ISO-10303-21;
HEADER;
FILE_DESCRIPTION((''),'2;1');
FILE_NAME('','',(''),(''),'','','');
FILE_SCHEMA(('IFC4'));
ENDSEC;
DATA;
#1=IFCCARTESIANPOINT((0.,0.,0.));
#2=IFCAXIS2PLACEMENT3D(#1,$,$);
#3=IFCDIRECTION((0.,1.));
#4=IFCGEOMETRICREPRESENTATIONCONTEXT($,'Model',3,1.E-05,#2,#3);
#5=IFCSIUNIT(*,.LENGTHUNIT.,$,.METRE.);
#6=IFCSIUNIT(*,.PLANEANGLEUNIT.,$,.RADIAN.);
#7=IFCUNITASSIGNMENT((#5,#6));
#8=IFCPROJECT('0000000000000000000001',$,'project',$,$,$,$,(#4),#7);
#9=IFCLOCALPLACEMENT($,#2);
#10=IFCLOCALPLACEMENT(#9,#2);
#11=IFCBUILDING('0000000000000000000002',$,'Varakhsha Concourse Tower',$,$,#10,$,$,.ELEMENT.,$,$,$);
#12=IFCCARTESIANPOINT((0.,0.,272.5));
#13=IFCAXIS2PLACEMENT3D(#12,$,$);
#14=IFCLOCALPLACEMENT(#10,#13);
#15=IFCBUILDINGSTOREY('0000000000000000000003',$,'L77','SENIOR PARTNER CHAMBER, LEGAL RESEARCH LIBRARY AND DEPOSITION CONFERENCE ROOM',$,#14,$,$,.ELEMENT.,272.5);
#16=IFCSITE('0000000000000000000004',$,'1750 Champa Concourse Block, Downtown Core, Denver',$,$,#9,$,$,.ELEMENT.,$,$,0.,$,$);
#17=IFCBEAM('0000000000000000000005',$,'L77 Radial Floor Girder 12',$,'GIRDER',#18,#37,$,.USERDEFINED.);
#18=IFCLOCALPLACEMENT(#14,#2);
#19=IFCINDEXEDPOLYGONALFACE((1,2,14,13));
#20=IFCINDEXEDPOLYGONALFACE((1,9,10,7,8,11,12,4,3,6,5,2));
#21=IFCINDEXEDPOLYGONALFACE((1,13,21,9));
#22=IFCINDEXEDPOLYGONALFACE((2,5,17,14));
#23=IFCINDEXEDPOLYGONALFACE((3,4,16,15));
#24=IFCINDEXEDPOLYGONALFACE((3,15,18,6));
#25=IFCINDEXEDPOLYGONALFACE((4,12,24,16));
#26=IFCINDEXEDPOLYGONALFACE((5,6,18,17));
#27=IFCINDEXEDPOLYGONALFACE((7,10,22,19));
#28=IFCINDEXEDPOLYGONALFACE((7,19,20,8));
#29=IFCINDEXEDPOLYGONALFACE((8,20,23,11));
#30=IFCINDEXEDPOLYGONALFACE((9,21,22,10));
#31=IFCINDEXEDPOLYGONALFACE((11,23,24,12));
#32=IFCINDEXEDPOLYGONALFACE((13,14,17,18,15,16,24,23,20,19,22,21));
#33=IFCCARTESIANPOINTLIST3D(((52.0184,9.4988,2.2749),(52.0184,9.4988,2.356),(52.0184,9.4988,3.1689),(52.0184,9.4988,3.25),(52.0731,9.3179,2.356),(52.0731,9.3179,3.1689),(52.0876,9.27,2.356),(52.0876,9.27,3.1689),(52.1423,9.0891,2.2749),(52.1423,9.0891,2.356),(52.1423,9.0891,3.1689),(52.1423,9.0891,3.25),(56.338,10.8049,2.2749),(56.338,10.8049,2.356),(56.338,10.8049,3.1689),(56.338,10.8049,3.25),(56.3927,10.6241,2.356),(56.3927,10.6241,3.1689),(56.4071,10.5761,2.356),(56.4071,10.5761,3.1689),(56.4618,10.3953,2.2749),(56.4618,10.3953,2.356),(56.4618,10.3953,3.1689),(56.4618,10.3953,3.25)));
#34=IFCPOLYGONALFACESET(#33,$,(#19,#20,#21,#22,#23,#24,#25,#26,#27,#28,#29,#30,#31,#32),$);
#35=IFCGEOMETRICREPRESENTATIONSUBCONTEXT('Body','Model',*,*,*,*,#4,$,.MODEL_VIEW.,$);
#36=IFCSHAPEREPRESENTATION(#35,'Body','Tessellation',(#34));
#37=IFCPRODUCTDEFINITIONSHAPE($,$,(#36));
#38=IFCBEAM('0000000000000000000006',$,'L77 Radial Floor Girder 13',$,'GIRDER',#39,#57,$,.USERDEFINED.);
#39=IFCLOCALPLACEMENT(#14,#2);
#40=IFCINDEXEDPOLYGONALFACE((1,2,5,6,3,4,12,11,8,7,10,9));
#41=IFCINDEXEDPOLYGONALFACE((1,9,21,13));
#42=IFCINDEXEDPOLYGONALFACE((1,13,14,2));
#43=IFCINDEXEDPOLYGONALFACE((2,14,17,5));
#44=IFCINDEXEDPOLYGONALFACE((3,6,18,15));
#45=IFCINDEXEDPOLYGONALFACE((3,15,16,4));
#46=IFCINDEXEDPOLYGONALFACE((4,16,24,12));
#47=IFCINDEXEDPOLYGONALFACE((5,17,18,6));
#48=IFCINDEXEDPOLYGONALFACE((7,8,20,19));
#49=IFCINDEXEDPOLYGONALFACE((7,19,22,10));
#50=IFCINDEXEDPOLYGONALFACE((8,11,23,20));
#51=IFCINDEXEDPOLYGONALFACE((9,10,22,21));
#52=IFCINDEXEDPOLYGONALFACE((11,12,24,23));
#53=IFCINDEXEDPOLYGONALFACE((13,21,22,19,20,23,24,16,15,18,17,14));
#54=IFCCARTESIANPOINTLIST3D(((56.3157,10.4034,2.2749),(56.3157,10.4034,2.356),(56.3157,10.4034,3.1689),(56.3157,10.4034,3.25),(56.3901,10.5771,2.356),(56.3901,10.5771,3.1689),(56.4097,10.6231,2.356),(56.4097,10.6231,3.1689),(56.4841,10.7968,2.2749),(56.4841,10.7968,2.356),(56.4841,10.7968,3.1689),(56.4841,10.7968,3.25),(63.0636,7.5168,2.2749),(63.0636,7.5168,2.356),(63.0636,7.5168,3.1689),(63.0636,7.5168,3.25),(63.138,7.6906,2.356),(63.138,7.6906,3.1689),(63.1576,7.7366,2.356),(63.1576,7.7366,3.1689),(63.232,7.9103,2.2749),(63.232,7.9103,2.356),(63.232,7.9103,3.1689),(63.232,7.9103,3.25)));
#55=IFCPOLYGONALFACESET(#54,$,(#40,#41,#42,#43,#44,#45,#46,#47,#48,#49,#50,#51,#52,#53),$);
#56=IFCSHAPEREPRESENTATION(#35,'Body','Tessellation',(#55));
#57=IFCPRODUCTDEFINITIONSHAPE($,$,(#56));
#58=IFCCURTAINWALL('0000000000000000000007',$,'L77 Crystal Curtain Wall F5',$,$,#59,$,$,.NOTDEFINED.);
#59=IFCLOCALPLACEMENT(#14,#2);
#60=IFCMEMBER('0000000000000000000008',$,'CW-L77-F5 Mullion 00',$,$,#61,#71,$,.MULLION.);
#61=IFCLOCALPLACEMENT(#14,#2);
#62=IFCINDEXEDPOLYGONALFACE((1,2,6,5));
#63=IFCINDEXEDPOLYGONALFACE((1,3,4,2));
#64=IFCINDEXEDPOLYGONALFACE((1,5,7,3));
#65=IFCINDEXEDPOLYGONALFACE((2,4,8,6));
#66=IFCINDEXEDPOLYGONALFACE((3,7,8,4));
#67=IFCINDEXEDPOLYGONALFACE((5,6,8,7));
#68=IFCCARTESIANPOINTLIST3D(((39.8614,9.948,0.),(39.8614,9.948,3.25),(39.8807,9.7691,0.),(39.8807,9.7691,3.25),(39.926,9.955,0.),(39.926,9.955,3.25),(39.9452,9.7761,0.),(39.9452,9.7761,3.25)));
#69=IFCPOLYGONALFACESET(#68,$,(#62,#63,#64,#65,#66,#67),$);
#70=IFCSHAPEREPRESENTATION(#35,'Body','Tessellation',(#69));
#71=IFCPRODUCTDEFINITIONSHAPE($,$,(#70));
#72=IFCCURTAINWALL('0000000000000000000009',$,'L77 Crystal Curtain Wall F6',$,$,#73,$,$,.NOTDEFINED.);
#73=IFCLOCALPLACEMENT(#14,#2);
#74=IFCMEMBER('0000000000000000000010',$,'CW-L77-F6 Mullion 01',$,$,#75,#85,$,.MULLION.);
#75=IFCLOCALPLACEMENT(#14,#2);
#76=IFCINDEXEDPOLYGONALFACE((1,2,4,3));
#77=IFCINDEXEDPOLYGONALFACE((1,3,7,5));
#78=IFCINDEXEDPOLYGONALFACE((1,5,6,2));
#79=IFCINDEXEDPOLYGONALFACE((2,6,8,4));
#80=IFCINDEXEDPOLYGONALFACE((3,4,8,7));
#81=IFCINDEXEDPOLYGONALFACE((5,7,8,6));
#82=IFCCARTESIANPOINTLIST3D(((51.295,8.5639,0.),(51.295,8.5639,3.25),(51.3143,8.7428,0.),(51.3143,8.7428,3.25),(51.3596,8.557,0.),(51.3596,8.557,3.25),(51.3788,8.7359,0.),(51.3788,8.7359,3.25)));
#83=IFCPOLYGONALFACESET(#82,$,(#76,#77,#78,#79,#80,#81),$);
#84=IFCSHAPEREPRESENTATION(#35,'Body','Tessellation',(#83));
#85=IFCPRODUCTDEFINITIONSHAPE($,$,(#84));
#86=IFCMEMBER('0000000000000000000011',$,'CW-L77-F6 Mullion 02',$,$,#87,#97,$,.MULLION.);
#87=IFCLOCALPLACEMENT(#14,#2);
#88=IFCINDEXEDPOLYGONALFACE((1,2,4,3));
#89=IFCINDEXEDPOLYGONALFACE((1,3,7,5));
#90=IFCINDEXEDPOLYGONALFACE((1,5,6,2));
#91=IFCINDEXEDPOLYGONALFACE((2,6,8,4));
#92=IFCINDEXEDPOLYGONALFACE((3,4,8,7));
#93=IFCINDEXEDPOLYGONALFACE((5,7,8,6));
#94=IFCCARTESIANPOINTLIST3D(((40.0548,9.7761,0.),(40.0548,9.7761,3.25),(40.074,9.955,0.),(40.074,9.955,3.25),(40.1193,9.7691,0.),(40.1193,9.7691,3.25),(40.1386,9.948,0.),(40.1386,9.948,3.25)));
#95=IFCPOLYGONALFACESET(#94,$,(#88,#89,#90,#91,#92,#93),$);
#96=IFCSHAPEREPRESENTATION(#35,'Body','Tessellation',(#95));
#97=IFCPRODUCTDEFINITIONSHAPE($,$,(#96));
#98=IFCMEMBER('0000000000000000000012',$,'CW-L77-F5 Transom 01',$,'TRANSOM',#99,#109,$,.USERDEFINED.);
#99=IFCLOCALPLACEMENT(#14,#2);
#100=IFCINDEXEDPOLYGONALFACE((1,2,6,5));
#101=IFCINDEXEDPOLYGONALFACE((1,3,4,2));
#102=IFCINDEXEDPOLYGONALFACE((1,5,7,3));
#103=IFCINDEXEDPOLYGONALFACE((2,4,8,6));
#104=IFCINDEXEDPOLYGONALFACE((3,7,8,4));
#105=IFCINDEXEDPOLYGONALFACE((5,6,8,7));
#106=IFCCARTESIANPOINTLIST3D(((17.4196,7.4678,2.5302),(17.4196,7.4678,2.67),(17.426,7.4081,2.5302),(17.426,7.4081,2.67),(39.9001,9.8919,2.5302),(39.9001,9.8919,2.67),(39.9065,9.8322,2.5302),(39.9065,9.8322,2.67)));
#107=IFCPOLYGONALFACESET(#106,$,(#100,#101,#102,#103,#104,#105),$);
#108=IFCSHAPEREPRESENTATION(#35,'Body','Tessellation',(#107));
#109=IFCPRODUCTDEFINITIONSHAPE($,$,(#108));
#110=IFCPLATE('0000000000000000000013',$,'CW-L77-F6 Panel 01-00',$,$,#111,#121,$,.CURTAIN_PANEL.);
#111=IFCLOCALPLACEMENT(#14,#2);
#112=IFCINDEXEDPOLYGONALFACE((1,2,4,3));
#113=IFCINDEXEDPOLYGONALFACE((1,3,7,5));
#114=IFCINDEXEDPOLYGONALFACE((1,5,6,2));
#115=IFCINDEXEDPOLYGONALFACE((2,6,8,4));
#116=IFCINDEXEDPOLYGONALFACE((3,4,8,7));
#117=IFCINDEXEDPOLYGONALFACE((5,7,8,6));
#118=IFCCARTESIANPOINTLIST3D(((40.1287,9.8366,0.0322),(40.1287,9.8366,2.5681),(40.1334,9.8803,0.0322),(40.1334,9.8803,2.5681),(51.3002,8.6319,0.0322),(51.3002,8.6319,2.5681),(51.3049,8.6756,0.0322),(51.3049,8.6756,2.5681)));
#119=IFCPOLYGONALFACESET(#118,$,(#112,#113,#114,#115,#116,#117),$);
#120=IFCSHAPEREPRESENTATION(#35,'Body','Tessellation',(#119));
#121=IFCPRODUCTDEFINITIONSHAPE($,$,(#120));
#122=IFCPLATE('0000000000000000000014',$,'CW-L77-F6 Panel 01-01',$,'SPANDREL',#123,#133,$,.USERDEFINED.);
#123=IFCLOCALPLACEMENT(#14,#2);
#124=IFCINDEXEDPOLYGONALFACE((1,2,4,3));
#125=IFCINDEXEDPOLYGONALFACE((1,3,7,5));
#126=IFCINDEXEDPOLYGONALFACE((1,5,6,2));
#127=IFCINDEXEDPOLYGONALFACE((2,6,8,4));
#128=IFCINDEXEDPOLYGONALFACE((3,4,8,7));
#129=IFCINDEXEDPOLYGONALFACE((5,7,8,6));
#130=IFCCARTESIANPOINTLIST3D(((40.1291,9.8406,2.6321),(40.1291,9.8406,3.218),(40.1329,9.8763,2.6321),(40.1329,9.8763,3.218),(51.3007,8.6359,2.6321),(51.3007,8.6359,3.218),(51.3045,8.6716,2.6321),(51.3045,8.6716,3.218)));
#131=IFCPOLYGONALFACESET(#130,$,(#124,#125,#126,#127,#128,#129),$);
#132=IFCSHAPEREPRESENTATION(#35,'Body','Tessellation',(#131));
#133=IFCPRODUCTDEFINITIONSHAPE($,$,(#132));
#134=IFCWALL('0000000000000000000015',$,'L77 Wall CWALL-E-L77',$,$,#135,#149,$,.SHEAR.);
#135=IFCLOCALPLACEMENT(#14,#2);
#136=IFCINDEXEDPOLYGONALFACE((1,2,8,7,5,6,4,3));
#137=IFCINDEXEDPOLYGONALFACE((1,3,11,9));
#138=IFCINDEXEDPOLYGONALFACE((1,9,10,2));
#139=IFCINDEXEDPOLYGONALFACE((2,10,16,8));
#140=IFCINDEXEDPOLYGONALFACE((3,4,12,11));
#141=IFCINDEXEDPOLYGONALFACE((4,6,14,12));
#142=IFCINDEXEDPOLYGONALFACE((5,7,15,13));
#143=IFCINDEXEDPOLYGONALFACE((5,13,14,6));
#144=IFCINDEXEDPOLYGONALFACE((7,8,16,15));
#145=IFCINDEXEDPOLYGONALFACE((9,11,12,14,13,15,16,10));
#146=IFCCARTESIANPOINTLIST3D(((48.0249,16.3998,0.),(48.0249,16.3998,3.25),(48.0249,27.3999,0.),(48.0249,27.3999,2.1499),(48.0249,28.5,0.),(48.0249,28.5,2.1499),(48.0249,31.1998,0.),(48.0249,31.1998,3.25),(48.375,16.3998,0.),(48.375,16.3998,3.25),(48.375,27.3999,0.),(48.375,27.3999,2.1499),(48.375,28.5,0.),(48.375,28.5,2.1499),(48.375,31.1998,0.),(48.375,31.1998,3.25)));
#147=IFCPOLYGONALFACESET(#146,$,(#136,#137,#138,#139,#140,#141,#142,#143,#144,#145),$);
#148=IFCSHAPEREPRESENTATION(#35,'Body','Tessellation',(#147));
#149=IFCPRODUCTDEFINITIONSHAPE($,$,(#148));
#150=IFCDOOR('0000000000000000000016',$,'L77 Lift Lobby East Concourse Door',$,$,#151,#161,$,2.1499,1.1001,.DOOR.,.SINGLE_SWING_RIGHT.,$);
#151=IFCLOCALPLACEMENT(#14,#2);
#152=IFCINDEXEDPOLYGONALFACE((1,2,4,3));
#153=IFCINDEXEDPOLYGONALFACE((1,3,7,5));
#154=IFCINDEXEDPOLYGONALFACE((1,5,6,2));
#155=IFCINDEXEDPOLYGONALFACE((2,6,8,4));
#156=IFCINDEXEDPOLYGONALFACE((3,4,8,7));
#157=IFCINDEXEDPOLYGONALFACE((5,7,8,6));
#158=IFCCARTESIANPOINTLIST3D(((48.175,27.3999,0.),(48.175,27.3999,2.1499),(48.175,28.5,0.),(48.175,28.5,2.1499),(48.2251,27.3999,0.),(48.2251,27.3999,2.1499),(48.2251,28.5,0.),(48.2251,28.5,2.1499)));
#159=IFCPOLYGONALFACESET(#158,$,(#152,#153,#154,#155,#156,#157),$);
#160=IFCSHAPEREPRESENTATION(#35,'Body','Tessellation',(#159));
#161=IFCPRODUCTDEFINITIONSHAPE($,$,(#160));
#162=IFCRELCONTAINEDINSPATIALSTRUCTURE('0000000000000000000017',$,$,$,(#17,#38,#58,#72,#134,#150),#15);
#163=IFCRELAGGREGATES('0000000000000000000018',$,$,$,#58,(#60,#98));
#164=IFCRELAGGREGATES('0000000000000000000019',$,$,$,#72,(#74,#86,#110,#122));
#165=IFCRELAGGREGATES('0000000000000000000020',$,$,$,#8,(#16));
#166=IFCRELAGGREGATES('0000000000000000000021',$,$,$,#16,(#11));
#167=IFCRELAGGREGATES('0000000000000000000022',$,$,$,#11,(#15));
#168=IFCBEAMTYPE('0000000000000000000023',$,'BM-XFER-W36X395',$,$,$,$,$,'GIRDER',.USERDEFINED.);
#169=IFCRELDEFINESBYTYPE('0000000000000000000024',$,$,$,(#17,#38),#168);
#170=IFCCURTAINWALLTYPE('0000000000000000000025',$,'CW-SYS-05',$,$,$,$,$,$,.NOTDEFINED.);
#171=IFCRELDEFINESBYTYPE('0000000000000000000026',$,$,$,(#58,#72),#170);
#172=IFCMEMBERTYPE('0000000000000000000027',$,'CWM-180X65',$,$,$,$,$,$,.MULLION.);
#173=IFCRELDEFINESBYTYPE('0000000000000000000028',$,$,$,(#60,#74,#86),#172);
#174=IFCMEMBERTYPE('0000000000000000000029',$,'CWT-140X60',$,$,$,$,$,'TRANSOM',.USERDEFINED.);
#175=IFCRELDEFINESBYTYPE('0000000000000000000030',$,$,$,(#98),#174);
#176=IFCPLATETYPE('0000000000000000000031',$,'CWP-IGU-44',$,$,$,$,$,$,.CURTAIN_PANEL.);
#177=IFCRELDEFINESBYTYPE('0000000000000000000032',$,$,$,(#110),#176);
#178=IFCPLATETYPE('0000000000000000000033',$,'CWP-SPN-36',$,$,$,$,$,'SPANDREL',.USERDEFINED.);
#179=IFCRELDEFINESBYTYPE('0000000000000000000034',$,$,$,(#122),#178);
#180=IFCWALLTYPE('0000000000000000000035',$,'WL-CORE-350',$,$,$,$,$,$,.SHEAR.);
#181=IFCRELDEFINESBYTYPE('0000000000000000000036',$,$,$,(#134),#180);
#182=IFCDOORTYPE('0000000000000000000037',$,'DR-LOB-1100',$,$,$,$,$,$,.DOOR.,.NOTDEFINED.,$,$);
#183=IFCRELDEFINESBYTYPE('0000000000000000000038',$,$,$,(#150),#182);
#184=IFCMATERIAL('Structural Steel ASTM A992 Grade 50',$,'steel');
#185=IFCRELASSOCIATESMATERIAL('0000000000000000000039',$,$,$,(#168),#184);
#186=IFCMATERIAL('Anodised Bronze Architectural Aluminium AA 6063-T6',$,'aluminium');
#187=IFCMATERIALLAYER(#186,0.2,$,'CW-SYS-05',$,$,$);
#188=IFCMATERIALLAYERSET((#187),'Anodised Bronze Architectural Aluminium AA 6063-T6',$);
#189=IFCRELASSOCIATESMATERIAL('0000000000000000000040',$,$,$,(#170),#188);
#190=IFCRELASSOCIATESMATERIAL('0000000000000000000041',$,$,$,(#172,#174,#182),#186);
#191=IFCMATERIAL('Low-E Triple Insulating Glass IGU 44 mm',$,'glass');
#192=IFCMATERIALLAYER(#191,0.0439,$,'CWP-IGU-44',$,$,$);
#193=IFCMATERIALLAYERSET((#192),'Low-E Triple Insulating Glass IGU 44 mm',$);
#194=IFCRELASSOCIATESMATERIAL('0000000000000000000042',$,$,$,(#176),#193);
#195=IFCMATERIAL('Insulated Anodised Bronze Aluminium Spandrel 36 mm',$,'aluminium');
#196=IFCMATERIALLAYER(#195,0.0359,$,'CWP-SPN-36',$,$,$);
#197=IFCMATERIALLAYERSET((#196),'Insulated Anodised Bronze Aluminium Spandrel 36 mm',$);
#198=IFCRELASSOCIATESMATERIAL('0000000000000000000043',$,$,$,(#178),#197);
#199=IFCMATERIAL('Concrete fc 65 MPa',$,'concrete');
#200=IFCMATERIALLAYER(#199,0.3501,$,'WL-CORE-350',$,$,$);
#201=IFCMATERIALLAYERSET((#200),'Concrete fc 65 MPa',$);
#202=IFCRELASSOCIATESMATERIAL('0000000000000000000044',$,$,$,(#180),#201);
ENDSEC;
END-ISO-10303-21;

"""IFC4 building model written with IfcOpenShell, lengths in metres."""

from ifc_helpers import new_model, si_unit, direction, frame, frame_2d, origin, origin_2d, place, context, subcontext, project, spatial, rectangle, i_section, extrude, source, transform, mapped, material, layer, layer_set, material_profile, profile_set, type_object, type_shapes, element, fill, aggregate, save


model = new_model("IFC4")

# Units and contexts
model_context = context("Model", 3, precision=1e-05, world=origin(), true_north=direction((0.0, 1.0)))
body_context = subcontext(model_context, "Body", "Model", "MODEL_VIEW")
ifc_project = project(units=[si_unit("LENGTHUNIT", "METRE"), si_unit("PLANEANGLEUNIT", "RADIAN")], contexts=[model_context])

# Site, building, storey
site_placement = place(None, origin())
site = spatial("IfcSite", under=ifc_project, at=site_placement, Name="1750 Champa Concourse Block, Downtown Core, Denver", CompositionType="ELEMENT", RefElevation=0.0)
building_placement = place(site_placement, origin())
building = spatial("IfcBuilding", under=site, at=building_placement, Name="Varakhsha Concourse Tower", CompositionType="ELEMENT")
storey_placement = place(building_placement, frame((0.0, 0.0, 272.5)))
storey = spatial("IfcBuildingStorey", under=building, at=storey_placement, Name="L77", Description="SENIOR PARTNER CHAMBER, LEGAL RESEARCH LIBRARY AND DEPOSITION CONFERENCE ROOM", CompositionType="ELEMENT", Elevation=272.5)

# Shared definitions
ifc_material_1 = material(Name="Structural Steel ASTM A992 Grade 50", Category="steel")
ifc_material_2 = material(Name="Concrete fc 65 MPa", Category="concrete")

# Beams
ifc_material_profile_1 = material_profile(ifc_material_1, i_section(OverallWidth=0.428, OverallDepth=0.9751, WebThickness=0.05, FlangeThickness=0.0811, at=origin_2d()), Name="W36X395")
ifc_profile_set_1 = profile_set([ifc_material_profile_1], Name="Structural Steel ASTM A992 Grade 50")
beam_type_1 = type_object("IfcBeamType", Name="BM-XFER-W36X395", ElementType="GIRDER", PredefinedType="USERDEFINED", material=ifc_profile_set_1)
beam_1_placement = place(storey_placement, frame((56.3999, 10.6001, 2.7625), z_axis=(-0.957197, -0.289437, 0.0), x_axis=(0.289437, -0.957197, 0.0)))
element("IfcBeam", 1, at=beam_1_placement, inside=storey, type_object=beam_type_1, Name="L77 Radial Floor Girder 12", ObjectType="GIRDER", PredefinedType="USERDEFINED", context=body_context, shape_type="SweptSolid", body=[
    extrude(i_section(OverallWidth=0.428, OverallDepth=0.9751, WebThickness=0.05, FlangeThickness=0.0811, at=origin_2d()), origin(), (0.0, 0.0, 1.0), 4.5127),
])
beam_2_placement = place(storey_placement, frame((56.3999, 10.6001, 2.7625), z_axis=(0.919413, -0.393293, 0.0), x_axis=(0.393293, 0.919413, 0.0)))
element("IfcBeam", 2, at=beam_2_placement, inside=storey, type_object=beam_type_1, Name="L77 Radial Floor Girder 13", ObjectType="GIRDER", PredefinedType="USERDEFINED", context=body_context, shape_type="SweptSolid", body=[
    extrude(i_section(OverallWidth=0.428, OverallDepth=0.9751, WebThickness=0.05, FlangeThickness=0.0811, at=origin_2d()), origin(), (0.0, 0.0, 1.0), 7.3394),
])

# Curtain wall, member
ifc_material_3 = material(Name="Anodised Bronze Architectural Aluminium AA 6063-T6", Category="aluminium")
ifc_layer_1 = layer(ifc_material_3, 0.2, Name="CW-SYS-05")
ifc_layer_set_1 = layer_set([ifc_layer_1], Name="Anodised Bronze Architectural Aluminium AA 6063-T6")
curtain_wall_type = type_object("IfcCurtainWallType", Name="CW-SYS-05", PredefinedType="NOTDEFINED", material=ifc_layer_set_1)
curtain_wall_1_placement = place(storey_placement, origin())
curtain_wall_1 = element("IfcCurtainWall", 3, at=curtain_wall_1_placement, inside=storey, type_object=curtain_wall_type, Name="L77 Crystal Curtain Wall F5", PredefinedType="NOTDEFINED")
ifc_material_profile_2 = material_profile(ifc_material_3, rectangle(XDim=0.0649, YDim=0.1799, at=origin_2d()), Name="CWM-180X65")
ifc_profile_set_2 = profile_set([ifc_material_profile_2], Name="Anodised Bronze Architectural Aluminium AA 6063-T6")
member_type_1 = type_object("IfcMemberType", Name="CWM-180X65", PredefinedType="MULLION", material=ifc_profile_set_2)
shared_shape_1 = source(origin(), body_context, "Body", "SweptSolid", [
    extrude(rectangle(XDim=0.0649, YDim=0.1799, at=origin_2d()), origin(), (0.0, 0.0, 1.0), 3.25),
])
type_shapes(member_type_1, [shared_shape_1])
member_1_placement = place(storey_placement, frame((39.9033, 9.8621, 0.0), z_axis=(0.0, 0.0, 1.0), x_axis=(-0.994236, -0.10721, 0.0)))
member_1 = element("IfcMember", 4, at=member_1_placement, type_object=member_type_1, Name="CW-L77-F5 Mullion 00", PredefinedType="MULLION", context=body_context, shape_type="MappedRepresentation", body=[
    mapped(shared_shape_1, transform((0.0, 0.0, 0.0), scale=1.0)),
])

# Curtain wall, members
curtain_wall_2_placement = place(storey_placement, origin())
curtain_wall_2 = element("IfcCurtainWall", 5, at=curtain_wall_2_placement, inside=storey, type_object=curtain_wall_type, Name="L77 Crystal Curtain Wall F6", PredefinedType="NOTDEFINED")
member_2_placement = place(storey_placement, frame((51.3369, 8.6499, 0.0), z_axis=(0.0, 0.0, 1.0), x_axis=(-0.994236, 0.10721, 0.0)))
member_2 = element("IfcMember", 6, at=member_2_placement, type_object=member_type_1, Name="CW-L77-F6 Mullion 01", PredefinedType="MULLION", context=body_context, shape_type="MappedRepresentation", body=[
    mapped(shared_shape_1, transform((0.0, 0.0, 0.0), scale=1.0)),
])
member_3_placement = place(storey_placement, frame((40.0967, 9.8621, 0.0), z_axis=(0.0, 0.0, 1.0), x_axis=(-0.994236, 0.10721, 0.0)))
member_3 = element("IfcMember", 7, at=member_3_placement, type_object=member_type_1, Name="CW-L77-F6 Mullion 02", PredefinedType="MULLION", context=body_context, shape_type="MappedRepresentation", body=[
    mapped(shared_shape_1, transform((0.0, 0.0, 0.0), scale=1.0)),
])

# Member
ifc_material_profile_3 = material_profile(ifc_material_3, rectangle(XDim=0.0601, YDim=0.1399, at=origin_2d()), Name="CWT-140X60")
ifc_profile_set_3 = profile_set([ifc_material_profile_3], Name="Anodised Bronze Architectural Aluminium AA 6063-T6")
member_type_2 = type_object("IfcMemberType", Name="CWT-140X60", ElementType="TRANSOM", PredefinedType="USERDEFINED", material=ifc_profile_set_3)
shared_shape_2 = source(origin(), body_context, "Body", "SweptSolid", [
    extrude(rectangle(XDim=0.0601, YDim=0.1399, at=origin_2d()), origin(), (0.0, 0.0, 1.0), 22.6108),
])
type_shapes(member_type_2, [shared_shape_2])
member_4_placement = place(storey_placement, frame((39.9033, 9.8621, 2.6001), z_axis=(-0.994237, -0.107209, 0.0), x_axis=(0.107209, -0.994237, 0.0)))
member_4 = element("IfcMember", 8, at=member_4_placement, type_object=member_type_2, Name="CW-L77-F5 Transom 01", ObjectType="TRANSOM", PredefinedType="USERDEFINED", context=body_context, shape_type="MappedRepresentation", body=[
    mapped(shared_shape_2, transform((0.0, 0.0, 0.0), scale=1.0)),
])
aggregate(curtain_wall_1, [member_1, member_4])

# Plates
ifc_material_4 = material(Name="Low-E Triple Insulating Glass IGU 44 mm", Category="glass")
ifc_layer_2 = layer(ifc_material_4, 0.0439, Name="CWP-IGU-44")
ifc_layer_set_2 = layer_set([ifc_layer_2], Name="Low-E Triple Insulating Glass IGU 44 mm")
plate_type_1 = type_object("IfcPlateType", Name="CWP-IGU-44", PredefinedType="CURTAIN_PANEL", material=ifc_layer_set_2)
shared_shape_3 = source(origin(), body_context, "Body", "SweptSolid", [
    extrude(rectangle(XDim=11.2363, YDim=0.0439, at=origin_2d()), origin(), (0.0, 0.0, 1.0), 2.5359),
])
type_shapes(plate_type_1, [shared_shape_3])
plate_1_placement = place(storey_placement, frame((45.7168, 9.2561, 0.0322), z_axis=(0.0, 0.0, 1.0), x_axis=(-0.994236, 0.10721, 0.0)))
plate_1 = element("IfcPlate", 9, at=plate_1_placement, type_object=plate_type_1, Name="CW-L77-F6 Panel 01-00", PredefinedType="CURTAIN_PANEL", context=body_context, shape_type="MappedRepresentation", body=[
    mapped(shared_shape_3, transform((0.0, 0.0, 0.0), scale=1.0)),
])
ifc_material_5 = material(Name="Insulated Anodised Bronze Aluminium Spandrel 36 mm", Category="aluminium")
ifc_layer_3 = layer(ifc_material_5, 0.0359, Name="CWP-SPN-36")
ifc_layer_set_3 = layer_set([ifc_layer_3], Name="Insulated Anodised Bronze Aluminium Spandrel 36 mm")
plate_type_2 = type_object("IfcPlateType", Name="CWP-SPN-36", ElementType="SPANDREL", PredefinedType="USERDEFINED", material=ifc_layer_set_3)
shared_shape_4 = source(origin(), body_context, "Body", "SweptSolid", [
    extrude(rectangle(XDim=11.2363, YDim=0.0359, at=origin_2d()), origin(), (0.0, 0.0, 1.0), 0.5859),
])
type_shapes(plate_type_2, [shared_shape_4])
plate_2_placement = place(storey_placement, frame((45.7168, 9.2561, 2.6321), z_axis=(0.0, 0.0, 1.0), x_axis=(-0.994236, 0.10721, 0.0)))
plate_2 = element("IfcPlate", 10, at=plate_2_placement, type_object=plate_type_2, Name="CW-L77-F6 Panel 01-01", ObjectType="SPANDREL", PredefinedType="USERDEFINED", context=body_context, shape_type="MappedRepresentation", body=[
    mapped(shared_shape_4, transform((0.0, 0.0, 0.0), scale=1.0)),
])
aggregate(curtain_wall_2, [member_2, member_3, plate_1, plate_2])

# Wall, opening, door
ifc_layer_4 = layer(ifc_material_2, 0.3501, Name="WL-CORE-350")
ifc_layer_set_4 = layer_set([ifc_layer_4], Name="Concrete fc 65 MPa")
wall_type_1 = type_object("IfcWallType", Name="WL-CORE-350", PredefinedType="SHEAR", material=ifc_layer_set_4)
wall_1_placement = place(storey_placement, frame((48.2, 16.3999, 0.0), z_axis=(0.0, 0.0, 1.0), x_axis=(0.0, 1.0, 0.0)))
wall_1 = element("IfcWall", 11, at=wall_1_placement, inside=storey, type_object=wall_type_1, Name="L77 Wall CWALL-E-L77", PredefinedType="SHEAR", context=body_context, shape_type="SweptSolid", body=[
    extrude(rectangle(XDim=14.8, YDim=0.3501, at=frame_2d((7.3999, 0.0))), origin(), (0.0, 0.0, 1.0), 3.25),
])
opening_1_placement = place(wall_1_placement, frame((11.0, 0.0, 0.0)))
opening_1 = element("IfcOpeningElement", 12, at=opening_1_placement, cuts=wall_1, PredefinedType="OPENING", context=body_context, shape_type="SweptSolid", body=[
    extrude(rectangle(XDim=1.1001, YDim=2.1499, at=frame_2d((0.55, 1.075))), frame((0.0, 0.1851, 0.0), z_axis=(0.0, -1.0, 0.0), x_axis=(1.0, 0.0, 0.0)), (0.0, 0.0, 1.0), 0.3701),
])
door_type_1 = type_object("IfcDoorType", Name="DR-LOB-1100", OperationType="NOTDEFINED", PredefinedType="DOOR", material=ifc_material_3)
door_1_placement = place(opening_1_placement, origin())
door_1 = element("IfcDoor", 13, at=door_1_placement, inside=storey, type_object=door_type_1, Name="L77 Lift Lobby East Concourse Door", OperationType="SINGLE_SWING_RIGHT", OverallHeight=2.1499, OverallWidth=1.1001, PredefinedType="DOOR", context=body_context, shape_type="SweptSolid", body=[
    extrude(rectangle(XDim=1.1001, YDim=2.1499, at=frame_2d((0.55, 1.075))), frame((0.0, 0.0249, 0.0), z_axis=(0.0, -1.0, 0.0), x_axis=(1.0, 0.0, 0.0)), (0.0, 0.0, 1.0), 0.05),
])
fill(opening_1, door_1)

save(model, "model.ifc")
